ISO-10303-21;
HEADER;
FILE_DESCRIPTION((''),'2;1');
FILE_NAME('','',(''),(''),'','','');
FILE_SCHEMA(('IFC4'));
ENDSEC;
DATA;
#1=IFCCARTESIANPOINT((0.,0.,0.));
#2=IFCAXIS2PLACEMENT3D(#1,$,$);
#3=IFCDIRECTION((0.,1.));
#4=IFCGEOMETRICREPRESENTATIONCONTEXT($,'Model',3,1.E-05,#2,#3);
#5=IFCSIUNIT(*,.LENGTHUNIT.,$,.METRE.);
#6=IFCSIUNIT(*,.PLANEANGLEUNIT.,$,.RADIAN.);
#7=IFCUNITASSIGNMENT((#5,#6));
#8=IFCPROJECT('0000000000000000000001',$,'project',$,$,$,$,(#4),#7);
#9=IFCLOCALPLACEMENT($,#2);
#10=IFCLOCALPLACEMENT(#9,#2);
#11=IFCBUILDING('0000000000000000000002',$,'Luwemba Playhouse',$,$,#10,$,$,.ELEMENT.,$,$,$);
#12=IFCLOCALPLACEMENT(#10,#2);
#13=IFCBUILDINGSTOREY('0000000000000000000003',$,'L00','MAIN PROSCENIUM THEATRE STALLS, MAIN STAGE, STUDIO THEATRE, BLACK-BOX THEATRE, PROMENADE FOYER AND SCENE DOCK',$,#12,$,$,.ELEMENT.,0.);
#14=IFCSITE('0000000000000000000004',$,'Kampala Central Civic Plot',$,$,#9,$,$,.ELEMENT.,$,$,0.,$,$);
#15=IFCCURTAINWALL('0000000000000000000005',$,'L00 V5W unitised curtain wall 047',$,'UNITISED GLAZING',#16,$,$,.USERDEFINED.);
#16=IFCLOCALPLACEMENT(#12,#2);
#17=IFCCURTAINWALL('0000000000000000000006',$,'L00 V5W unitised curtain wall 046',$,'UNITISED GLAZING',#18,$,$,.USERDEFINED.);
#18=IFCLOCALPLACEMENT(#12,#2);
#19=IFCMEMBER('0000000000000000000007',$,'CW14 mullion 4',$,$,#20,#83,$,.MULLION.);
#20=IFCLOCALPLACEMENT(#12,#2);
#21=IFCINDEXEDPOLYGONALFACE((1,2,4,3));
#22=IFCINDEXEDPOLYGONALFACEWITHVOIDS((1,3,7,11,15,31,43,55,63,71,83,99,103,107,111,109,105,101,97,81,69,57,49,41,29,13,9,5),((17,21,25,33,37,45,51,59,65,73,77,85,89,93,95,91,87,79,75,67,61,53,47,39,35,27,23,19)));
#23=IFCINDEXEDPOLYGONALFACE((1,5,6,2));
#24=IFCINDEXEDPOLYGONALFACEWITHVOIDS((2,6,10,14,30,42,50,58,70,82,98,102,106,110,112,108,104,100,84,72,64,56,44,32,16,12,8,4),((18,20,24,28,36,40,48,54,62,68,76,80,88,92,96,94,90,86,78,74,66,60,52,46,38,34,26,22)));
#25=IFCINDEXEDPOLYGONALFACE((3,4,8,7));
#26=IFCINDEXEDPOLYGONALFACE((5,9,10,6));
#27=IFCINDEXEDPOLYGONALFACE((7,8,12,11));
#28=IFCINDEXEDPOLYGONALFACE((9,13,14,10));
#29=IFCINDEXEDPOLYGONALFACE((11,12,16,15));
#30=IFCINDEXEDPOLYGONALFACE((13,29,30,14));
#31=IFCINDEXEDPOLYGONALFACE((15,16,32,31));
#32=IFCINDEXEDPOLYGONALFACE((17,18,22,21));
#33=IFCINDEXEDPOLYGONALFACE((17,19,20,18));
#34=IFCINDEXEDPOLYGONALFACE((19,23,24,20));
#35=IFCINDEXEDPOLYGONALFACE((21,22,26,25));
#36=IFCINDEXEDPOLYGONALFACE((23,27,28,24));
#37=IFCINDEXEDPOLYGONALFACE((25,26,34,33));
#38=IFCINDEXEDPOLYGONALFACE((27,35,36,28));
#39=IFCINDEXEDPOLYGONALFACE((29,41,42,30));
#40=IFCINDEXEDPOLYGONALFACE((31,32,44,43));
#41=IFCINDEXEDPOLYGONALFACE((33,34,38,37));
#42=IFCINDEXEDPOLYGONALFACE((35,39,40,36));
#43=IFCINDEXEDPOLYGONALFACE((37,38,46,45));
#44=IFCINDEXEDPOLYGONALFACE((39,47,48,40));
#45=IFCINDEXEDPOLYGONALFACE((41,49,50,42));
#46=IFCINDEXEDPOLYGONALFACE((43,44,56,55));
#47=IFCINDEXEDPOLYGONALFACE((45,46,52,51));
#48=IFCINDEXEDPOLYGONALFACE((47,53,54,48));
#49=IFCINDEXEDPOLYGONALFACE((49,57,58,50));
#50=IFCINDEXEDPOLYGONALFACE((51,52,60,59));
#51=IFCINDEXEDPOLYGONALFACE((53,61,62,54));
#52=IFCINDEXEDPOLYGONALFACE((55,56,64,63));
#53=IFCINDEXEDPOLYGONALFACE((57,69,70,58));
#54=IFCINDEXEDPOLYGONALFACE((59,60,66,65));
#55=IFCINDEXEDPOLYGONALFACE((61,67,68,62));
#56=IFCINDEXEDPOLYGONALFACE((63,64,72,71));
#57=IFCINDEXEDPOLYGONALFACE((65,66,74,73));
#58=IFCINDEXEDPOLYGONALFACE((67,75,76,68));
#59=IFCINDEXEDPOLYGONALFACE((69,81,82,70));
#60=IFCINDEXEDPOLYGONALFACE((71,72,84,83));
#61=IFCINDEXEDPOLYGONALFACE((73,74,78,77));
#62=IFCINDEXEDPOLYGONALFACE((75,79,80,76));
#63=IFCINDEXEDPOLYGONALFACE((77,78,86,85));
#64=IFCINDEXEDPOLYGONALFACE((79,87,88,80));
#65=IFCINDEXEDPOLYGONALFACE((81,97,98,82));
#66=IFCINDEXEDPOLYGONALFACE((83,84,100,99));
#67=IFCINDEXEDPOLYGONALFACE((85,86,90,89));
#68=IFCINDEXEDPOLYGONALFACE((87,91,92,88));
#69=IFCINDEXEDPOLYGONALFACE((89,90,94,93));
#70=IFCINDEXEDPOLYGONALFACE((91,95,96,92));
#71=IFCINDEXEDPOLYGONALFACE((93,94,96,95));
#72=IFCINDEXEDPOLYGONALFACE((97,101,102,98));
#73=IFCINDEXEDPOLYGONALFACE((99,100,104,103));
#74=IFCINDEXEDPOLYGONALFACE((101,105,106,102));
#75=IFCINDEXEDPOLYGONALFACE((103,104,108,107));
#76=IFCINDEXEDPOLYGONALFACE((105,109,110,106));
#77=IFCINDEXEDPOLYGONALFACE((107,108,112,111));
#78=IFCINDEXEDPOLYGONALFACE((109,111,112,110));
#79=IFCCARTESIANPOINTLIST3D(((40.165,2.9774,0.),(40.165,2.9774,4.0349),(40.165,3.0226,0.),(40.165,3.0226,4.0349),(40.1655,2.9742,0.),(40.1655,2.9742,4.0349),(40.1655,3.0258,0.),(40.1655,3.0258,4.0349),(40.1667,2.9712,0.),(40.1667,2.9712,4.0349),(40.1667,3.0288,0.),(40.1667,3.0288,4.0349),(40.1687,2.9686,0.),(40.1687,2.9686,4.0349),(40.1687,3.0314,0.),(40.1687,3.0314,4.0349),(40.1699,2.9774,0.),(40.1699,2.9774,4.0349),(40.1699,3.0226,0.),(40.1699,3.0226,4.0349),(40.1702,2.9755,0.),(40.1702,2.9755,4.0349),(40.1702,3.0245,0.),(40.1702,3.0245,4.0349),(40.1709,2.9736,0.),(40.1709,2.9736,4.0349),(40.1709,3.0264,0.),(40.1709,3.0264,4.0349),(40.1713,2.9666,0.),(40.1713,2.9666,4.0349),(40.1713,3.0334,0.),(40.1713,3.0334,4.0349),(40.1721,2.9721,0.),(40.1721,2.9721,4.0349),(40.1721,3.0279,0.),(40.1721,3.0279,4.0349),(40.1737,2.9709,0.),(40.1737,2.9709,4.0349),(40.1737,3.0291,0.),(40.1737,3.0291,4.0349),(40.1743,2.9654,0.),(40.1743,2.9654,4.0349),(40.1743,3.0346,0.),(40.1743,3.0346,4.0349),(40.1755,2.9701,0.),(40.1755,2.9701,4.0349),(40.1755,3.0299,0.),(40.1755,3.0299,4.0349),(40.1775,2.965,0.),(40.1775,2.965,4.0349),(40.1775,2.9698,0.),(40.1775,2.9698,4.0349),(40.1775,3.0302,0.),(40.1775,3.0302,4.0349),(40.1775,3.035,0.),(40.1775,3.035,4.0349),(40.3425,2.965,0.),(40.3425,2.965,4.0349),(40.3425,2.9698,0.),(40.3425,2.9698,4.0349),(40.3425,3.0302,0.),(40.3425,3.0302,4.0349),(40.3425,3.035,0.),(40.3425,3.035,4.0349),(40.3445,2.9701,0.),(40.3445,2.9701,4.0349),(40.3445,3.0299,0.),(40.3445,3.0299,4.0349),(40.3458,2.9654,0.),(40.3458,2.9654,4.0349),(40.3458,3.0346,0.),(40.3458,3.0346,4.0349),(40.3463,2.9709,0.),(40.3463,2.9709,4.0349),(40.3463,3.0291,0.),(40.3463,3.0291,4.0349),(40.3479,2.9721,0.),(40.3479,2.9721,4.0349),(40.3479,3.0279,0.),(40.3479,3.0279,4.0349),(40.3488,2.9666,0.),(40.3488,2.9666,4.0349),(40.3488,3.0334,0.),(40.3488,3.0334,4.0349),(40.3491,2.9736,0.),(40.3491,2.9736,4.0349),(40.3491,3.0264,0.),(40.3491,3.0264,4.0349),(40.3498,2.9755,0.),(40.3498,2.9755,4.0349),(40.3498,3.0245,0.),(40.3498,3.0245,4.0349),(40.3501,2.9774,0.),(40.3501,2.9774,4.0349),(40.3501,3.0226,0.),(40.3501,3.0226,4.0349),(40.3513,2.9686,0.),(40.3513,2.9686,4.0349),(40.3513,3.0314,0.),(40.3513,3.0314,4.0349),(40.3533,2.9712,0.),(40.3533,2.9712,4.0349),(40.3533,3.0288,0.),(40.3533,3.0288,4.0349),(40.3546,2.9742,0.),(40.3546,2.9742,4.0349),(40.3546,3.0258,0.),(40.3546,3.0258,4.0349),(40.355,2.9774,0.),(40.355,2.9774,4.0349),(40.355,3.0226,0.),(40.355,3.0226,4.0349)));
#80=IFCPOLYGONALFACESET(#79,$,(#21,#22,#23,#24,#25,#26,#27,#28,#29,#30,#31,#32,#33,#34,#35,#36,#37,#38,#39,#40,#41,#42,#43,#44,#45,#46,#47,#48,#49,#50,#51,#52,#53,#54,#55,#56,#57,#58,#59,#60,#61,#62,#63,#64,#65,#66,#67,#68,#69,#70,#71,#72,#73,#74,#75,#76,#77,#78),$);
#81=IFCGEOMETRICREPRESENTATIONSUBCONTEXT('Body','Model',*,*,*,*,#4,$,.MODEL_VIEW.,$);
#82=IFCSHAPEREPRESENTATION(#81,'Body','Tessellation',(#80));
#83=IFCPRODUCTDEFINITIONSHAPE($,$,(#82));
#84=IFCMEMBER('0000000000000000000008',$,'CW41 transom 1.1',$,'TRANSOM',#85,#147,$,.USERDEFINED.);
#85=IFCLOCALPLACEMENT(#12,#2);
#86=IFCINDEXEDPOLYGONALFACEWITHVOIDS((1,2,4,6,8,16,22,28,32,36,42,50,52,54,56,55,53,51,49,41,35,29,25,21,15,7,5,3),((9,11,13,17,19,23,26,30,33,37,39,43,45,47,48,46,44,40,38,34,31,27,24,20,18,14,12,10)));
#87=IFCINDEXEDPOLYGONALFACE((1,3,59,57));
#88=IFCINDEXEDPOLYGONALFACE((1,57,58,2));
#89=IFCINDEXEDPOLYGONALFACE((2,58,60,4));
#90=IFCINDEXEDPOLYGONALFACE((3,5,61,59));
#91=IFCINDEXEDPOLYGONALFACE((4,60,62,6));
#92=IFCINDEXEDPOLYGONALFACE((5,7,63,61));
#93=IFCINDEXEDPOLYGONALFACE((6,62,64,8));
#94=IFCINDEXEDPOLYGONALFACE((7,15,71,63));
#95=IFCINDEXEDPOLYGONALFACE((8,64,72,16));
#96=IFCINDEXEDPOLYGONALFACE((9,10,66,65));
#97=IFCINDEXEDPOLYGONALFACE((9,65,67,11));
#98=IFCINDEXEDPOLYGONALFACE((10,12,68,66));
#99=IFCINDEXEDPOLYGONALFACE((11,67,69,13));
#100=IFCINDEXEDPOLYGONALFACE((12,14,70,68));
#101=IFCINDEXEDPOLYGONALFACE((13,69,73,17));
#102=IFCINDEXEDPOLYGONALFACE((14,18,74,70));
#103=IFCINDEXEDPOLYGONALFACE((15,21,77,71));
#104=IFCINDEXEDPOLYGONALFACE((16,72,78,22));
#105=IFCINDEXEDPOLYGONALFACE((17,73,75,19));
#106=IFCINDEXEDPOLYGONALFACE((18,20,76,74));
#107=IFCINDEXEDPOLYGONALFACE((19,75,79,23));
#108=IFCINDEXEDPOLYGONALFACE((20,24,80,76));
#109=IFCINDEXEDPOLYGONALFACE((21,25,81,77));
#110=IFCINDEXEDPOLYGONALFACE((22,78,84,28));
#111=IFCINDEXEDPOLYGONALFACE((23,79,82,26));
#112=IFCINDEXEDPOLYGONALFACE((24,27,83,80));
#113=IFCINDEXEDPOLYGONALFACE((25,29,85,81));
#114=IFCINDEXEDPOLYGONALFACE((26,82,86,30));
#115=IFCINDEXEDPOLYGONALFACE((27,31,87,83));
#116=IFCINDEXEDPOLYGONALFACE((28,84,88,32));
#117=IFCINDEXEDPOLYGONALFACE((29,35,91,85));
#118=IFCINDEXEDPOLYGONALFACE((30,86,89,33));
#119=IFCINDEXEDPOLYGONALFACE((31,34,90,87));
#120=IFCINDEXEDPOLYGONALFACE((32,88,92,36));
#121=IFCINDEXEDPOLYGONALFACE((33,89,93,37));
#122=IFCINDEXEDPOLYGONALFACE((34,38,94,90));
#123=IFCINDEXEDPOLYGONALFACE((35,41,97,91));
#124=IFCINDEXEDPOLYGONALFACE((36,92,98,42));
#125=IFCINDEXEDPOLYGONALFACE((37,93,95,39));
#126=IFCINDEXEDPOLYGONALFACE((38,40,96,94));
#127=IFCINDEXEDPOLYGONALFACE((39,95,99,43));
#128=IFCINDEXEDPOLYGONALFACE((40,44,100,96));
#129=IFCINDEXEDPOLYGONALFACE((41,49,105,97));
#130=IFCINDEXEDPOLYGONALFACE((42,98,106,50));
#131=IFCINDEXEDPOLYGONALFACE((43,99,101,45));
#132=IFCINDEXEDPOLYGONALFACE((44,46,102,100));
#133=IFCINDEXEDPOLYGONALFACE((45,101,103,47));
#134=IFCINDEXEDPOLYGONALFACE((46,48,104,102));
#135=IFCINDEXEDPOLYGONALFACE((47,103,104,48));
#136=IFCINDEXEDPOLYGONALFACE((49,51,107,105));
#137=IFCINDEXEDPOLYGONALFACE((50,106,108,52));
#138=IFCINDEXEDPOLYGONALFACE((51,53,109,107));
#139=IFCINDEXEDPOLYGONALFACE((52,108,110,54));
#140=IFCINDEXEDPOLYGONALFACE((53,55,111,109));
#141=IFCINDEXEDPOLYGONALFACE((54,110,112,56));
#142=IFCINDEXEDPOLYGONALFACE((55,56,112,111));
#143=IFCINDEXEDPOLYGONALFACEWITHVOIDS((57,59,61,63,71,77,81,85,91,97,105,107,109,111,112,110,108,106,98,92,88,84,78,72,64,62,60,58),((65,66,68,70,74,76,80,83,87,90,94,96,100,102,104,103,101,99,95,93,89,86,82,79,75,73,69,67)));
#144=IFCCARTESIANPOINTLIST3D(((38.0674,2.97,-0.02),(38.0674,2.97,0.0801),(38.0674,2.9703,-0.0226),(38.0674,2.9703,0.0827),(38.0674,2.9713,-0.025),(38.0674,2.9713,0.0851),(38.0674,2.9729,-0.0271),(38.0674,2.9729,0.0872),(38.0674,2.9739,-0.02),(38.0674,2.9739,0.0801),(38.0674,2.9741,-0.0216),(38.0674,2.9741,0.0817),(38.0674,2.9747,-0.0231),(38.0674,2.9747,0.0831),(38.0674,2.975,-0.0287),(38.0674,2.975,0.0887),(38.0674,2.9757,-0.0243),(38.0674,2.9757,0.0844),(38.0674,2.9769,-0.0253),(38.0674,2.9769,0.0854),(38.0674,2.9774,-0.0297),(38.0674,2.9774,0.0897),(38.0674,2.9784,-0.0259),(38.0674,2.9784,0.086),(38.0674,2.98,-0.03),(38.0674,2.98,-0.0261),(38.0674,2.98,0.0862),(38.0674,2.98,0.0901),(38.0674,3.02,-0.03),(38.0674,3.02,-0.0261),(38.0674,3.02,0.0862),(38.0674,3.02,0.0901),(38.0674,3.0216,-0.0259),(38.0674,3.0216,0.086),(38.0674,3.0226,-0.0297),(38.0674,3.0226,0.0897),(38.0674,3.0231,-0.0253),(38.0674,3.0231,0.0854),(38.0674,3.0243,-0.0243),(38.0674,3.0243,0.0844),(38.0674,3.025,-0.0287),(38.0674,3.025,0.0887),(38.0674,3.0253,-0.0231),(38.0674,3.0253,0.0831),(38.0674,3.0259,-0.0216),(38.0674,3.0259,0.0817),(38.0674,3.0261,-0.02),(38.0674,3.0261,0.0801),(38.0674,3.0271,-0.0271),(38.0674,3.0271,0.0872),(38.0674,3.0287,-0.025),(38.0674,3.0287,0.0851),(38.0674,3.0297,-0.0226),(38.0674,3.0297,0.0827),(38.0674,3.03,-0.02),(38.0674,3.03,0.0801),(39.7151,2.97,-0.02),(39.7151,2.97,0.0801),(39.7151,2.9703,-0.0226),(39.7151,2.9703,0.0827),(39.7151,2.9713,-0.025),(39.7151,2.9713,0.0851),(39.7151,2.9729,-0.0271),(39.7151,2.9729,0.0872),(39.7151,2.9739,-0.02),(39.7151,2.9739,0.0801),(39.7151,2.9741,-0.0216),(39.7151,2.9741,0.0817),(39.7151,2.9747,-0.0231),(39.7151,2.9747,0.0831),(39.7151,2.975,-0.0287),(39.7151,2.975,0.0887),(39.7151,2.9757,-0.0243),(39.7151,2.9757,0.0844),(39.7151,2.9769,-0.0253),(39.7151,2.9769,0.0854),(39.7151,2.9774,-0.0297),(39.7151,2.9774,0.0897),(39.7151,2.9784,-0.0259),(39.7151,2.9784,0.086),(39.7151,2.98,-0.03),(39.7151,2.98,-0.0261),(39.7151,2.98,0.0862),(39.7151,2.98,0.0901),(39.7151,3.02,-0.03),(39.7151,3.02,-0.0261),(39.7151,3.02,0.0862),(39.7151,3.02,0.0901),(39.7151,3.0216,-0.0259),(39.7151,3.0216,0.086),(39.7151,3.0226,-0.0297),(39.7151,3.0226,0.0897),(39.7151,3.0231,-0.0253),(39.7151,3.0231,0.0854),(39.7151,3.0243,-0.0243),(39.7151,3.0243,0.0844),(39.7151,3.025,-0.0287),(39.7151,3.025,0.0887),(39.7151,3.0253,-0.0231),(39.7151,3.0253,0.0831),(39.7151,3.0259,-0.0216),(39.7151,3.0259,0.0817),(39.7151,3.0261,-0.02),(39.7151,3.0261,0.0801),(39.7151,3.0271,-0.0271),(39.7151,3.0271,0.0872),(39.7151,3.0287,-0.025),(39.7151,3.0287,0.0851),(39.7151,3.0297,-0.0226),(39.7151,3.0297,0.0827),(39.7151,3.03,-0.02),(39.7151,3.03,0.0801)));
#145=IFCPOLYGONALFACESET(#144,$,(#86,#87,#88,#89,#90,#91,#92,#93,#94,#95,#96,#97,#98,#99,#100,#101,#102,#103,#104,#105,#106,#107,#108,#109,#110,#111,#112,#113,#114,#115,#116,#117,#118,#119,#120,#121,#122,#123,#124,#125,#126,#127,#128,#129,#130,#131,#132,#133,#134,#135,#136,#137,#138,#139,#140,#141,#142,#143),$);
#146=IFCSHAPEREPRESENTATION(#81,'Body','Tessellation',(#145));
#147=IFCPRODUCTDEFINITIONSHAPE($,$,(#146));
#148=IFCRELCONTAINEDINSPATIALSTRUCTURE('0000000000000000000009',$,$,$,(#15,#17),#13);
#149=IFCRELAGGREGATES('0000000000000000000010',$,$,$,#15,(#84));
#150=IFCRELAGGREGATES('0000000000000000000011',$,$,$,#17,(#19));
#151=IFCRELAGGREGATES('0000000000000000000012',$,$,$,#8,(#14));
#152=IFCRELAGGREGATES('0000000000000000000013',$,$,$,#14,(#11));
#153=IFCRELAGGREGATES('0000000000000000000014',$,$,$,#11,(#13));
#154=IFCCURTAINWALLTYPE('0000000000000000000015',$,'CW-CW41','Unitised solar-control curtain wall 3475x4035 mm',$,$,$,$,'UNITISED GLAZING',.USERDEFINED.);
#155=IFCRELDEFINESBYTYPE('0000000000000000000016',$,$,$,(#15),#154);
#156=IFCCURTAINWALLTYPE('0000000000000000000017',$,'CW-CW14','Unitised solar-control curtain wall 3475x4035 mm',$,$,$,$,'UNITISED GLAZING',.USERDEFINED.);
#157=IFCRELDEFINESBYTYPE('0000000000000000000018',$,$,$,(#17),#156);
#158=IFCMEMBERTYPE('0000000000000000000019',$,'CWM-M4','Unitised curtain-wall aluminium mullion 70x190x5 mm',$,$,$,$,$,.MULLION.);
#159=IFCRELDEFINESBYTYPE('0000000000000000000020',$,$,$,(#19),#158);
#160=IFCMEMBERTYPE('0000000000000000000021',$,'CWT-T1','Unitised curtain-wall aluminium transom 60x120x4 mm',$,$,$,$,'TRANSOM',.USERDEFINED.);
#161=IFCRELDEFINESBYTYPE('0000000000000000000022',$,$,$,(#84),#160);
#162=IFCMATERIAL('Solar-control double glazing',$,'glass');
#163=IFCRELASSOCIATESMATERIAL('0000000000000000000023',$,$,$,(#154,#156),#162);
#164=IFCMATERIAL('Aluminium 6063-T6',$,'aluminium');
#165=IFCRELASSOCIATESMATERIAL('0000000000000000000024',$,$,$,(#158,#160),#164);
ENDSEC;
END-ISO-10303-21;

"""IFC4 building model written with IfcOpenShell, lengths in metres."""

from ifc_helpers import new_model, si_unit, direction, frame, origin, origin_2d, place, context, subcontext, project, spatial, hollow_rectangle, extrude, material, material_profile, profile_set, type_object, element, aggregate, save


model = new_model("IFC4")

# Units and contexts
model_context = context("Model", 3, precision=1e-05, world=origin(), true_north=direction((0.0, 1.0)))
body_context = subcontext(model_context, "Body", "Model", "MODEL_VIEW")
ifc_project = project(units=[si_unit("LENGTHUNIT", "METRE"), si_unit("PLANEANGLEUNIT", "RADIAN")], contexts=[model_context])

# Site, building, storey
site_placement = place(None, origin())
site = spatial("IfcSite", under=ifc_project, at=site_placement, Name="Kampala Central Civic Plot", CompositionType="ELEMENT", RefElevation=0.0)
building_placement = place(site_placement, origin())
building = spatial("IfcBuilding", under=site, at=building_placement, Name="Luwemba Playhouse", CompositionType="ELEMENT")
storey_placement = place(building_placement, origin())
storey = spatial("IfcBuildingStorey", under=building, at=storey_placement, Name="L00", Description="MAIN PROSCENIUM THEATRE STALLS, MAIN STAGE, STUDIO THEATRE, BLACK-BOX THEATRE, PROMENADE FOYER AND SCENE DOCK", CompositionType="ELEMENT", Elevation=0.0)

# Curtain wall
ifc_material_1 = material(Name="Solar-control double glazing", Category="glass")
curtain_wall_type_1 = type_object("IfcCurtainWallType", Name="CW-CW41", Description="Unitised solar-control curtain wall 3475x4035 mm", ElementType="UNITISED GLAZING", PredefinedType="USERDEFINED", material=ifc_material_1)
curtain_wall_1_placement = place(storey_placement, origin())
curtain_wall_1 = element("IfcCurtainWall", 1, at=curtain_wall_1_placement, inside=storey, type_object=curtain_wall_type_1, Name="L00 V5W unitised curtain wall 047", ObjectType="UNITISED GLAZING", PredefinedType="USERDEFINED")
ifc_material_2 = material(Name="Aluminium 6063-T6", Category="aluminium")

# Curtain wall, member
curtain_wall_type_2 = type_object("IfcCurtainWallType", Name="CW-CW14", Description="Unitised solar-control curtain wall 3475x4035 mm", ElementType="UNITISED GLAZING", PredefinedType="USERDEFINED", material=ifc_material_1)
curtain_wall_2_placement = place(storey_placement, origin())
curtain_wall_2 = element("IfcCurtainWall", 2, at=curtain_wall_2_placement, inside=storey, type_object=curtain_wall_type_2, Name="L00 V5W unitised curtain wall 046", ObjectType="UNITISED GLAZING", PredefinedType="USERDEFINED")
ifc_material_profile_1 = material_profile(ifc_material_2, hollow_rectangle(XDim=0.0701, YDim=0.1899, WallThickness=0.0049, InnerFilletRadius=0.0076, OuterFilletRadius=0.0125, at=origin_2d()))
ifc_profile_set_1 = profile_set([ifc_material_profile_1], Name="Aluminium 6063-T6")
member_type_1 = type_object("IfcMemberType", Name="CWM-M4", Description="Unitised curtain-wall aluminium mullion 70x190x5 mm", PredefinedType="MULLION", material=ifc_profile_set_1)
member_1_placement = place(storey_placement, frame((40.26, 3.0, 0.0), z_axis=(0.0, 0.0, 1.0), x_axis=(0.0, -1.0, 0.0)))
member_1 = element("IfcMember", 3, at=member_1_placement, type_object=member_type_1, Name="CW14 mullion 4", PredefinedType="MULLION", context=body_context, shape_type="SweptSolid", body=[
    extrude(hollow_rectangle(XDim=0.0701, YDim=0.1899, WallThickness=0.0049, InnerFilletRadius=0.0076, OuterFilletRadius=0.0125, at=origin_2d()), origin(), (0.0, 0.0, 1.0), 4.0349),
])

# Member
ifc_material_profile_2 = material_profile(ifc_material_2, hollow_rectangle(XDim=0.0601, YDim=0.1201, WallThickness=0.0039, InnerFilletRadius=0.0061, OuterFilletRadius=0.01, at=origin_2d()))
ifc_profile_set_2 = profile_set([ifc_material_profile_2], Name="Aluminium 6063-T6")
member_type_2 = type_object("IfcMemberType", Name="CWT-T1", Description="Unitised curtain-wall aluminium transom 60x120x4 mm", ElementType="TRANSOM", PredefinedType="USERDEFINED", material=ifc_profile_set_2)
member_2_placement = place(storey_placement, frame((39.7151, 3.0, 0.03), z_axis=(-1.0, 0.0, 0.0), x_axis=(0.0, -1.0, 0.0)))
member_2 = element("IfcMember", 4, at=member_2_placement, type_object=member_type_2, Name="CW41 transom 1.1", ObjectType="TRANSOM", PredefinedType="USERDEFINED", context=body_context, shape_type="SweptSolid", body=[
    extrude(hollow_rectangle(XDim=0.0601, YDim=0.1201, WallThickness=0.0039, InnerFilletRadius=0.0061, OuterFilletRadius=0.01, at=origin_2d()), origin(), (0.0, 0.0, 1.0), 1.6477),
])

aggregate(curtain_wall_1, [member_2])
aggregate(curtain_wall_2, [member_1])

save(model, "model.ifc")
